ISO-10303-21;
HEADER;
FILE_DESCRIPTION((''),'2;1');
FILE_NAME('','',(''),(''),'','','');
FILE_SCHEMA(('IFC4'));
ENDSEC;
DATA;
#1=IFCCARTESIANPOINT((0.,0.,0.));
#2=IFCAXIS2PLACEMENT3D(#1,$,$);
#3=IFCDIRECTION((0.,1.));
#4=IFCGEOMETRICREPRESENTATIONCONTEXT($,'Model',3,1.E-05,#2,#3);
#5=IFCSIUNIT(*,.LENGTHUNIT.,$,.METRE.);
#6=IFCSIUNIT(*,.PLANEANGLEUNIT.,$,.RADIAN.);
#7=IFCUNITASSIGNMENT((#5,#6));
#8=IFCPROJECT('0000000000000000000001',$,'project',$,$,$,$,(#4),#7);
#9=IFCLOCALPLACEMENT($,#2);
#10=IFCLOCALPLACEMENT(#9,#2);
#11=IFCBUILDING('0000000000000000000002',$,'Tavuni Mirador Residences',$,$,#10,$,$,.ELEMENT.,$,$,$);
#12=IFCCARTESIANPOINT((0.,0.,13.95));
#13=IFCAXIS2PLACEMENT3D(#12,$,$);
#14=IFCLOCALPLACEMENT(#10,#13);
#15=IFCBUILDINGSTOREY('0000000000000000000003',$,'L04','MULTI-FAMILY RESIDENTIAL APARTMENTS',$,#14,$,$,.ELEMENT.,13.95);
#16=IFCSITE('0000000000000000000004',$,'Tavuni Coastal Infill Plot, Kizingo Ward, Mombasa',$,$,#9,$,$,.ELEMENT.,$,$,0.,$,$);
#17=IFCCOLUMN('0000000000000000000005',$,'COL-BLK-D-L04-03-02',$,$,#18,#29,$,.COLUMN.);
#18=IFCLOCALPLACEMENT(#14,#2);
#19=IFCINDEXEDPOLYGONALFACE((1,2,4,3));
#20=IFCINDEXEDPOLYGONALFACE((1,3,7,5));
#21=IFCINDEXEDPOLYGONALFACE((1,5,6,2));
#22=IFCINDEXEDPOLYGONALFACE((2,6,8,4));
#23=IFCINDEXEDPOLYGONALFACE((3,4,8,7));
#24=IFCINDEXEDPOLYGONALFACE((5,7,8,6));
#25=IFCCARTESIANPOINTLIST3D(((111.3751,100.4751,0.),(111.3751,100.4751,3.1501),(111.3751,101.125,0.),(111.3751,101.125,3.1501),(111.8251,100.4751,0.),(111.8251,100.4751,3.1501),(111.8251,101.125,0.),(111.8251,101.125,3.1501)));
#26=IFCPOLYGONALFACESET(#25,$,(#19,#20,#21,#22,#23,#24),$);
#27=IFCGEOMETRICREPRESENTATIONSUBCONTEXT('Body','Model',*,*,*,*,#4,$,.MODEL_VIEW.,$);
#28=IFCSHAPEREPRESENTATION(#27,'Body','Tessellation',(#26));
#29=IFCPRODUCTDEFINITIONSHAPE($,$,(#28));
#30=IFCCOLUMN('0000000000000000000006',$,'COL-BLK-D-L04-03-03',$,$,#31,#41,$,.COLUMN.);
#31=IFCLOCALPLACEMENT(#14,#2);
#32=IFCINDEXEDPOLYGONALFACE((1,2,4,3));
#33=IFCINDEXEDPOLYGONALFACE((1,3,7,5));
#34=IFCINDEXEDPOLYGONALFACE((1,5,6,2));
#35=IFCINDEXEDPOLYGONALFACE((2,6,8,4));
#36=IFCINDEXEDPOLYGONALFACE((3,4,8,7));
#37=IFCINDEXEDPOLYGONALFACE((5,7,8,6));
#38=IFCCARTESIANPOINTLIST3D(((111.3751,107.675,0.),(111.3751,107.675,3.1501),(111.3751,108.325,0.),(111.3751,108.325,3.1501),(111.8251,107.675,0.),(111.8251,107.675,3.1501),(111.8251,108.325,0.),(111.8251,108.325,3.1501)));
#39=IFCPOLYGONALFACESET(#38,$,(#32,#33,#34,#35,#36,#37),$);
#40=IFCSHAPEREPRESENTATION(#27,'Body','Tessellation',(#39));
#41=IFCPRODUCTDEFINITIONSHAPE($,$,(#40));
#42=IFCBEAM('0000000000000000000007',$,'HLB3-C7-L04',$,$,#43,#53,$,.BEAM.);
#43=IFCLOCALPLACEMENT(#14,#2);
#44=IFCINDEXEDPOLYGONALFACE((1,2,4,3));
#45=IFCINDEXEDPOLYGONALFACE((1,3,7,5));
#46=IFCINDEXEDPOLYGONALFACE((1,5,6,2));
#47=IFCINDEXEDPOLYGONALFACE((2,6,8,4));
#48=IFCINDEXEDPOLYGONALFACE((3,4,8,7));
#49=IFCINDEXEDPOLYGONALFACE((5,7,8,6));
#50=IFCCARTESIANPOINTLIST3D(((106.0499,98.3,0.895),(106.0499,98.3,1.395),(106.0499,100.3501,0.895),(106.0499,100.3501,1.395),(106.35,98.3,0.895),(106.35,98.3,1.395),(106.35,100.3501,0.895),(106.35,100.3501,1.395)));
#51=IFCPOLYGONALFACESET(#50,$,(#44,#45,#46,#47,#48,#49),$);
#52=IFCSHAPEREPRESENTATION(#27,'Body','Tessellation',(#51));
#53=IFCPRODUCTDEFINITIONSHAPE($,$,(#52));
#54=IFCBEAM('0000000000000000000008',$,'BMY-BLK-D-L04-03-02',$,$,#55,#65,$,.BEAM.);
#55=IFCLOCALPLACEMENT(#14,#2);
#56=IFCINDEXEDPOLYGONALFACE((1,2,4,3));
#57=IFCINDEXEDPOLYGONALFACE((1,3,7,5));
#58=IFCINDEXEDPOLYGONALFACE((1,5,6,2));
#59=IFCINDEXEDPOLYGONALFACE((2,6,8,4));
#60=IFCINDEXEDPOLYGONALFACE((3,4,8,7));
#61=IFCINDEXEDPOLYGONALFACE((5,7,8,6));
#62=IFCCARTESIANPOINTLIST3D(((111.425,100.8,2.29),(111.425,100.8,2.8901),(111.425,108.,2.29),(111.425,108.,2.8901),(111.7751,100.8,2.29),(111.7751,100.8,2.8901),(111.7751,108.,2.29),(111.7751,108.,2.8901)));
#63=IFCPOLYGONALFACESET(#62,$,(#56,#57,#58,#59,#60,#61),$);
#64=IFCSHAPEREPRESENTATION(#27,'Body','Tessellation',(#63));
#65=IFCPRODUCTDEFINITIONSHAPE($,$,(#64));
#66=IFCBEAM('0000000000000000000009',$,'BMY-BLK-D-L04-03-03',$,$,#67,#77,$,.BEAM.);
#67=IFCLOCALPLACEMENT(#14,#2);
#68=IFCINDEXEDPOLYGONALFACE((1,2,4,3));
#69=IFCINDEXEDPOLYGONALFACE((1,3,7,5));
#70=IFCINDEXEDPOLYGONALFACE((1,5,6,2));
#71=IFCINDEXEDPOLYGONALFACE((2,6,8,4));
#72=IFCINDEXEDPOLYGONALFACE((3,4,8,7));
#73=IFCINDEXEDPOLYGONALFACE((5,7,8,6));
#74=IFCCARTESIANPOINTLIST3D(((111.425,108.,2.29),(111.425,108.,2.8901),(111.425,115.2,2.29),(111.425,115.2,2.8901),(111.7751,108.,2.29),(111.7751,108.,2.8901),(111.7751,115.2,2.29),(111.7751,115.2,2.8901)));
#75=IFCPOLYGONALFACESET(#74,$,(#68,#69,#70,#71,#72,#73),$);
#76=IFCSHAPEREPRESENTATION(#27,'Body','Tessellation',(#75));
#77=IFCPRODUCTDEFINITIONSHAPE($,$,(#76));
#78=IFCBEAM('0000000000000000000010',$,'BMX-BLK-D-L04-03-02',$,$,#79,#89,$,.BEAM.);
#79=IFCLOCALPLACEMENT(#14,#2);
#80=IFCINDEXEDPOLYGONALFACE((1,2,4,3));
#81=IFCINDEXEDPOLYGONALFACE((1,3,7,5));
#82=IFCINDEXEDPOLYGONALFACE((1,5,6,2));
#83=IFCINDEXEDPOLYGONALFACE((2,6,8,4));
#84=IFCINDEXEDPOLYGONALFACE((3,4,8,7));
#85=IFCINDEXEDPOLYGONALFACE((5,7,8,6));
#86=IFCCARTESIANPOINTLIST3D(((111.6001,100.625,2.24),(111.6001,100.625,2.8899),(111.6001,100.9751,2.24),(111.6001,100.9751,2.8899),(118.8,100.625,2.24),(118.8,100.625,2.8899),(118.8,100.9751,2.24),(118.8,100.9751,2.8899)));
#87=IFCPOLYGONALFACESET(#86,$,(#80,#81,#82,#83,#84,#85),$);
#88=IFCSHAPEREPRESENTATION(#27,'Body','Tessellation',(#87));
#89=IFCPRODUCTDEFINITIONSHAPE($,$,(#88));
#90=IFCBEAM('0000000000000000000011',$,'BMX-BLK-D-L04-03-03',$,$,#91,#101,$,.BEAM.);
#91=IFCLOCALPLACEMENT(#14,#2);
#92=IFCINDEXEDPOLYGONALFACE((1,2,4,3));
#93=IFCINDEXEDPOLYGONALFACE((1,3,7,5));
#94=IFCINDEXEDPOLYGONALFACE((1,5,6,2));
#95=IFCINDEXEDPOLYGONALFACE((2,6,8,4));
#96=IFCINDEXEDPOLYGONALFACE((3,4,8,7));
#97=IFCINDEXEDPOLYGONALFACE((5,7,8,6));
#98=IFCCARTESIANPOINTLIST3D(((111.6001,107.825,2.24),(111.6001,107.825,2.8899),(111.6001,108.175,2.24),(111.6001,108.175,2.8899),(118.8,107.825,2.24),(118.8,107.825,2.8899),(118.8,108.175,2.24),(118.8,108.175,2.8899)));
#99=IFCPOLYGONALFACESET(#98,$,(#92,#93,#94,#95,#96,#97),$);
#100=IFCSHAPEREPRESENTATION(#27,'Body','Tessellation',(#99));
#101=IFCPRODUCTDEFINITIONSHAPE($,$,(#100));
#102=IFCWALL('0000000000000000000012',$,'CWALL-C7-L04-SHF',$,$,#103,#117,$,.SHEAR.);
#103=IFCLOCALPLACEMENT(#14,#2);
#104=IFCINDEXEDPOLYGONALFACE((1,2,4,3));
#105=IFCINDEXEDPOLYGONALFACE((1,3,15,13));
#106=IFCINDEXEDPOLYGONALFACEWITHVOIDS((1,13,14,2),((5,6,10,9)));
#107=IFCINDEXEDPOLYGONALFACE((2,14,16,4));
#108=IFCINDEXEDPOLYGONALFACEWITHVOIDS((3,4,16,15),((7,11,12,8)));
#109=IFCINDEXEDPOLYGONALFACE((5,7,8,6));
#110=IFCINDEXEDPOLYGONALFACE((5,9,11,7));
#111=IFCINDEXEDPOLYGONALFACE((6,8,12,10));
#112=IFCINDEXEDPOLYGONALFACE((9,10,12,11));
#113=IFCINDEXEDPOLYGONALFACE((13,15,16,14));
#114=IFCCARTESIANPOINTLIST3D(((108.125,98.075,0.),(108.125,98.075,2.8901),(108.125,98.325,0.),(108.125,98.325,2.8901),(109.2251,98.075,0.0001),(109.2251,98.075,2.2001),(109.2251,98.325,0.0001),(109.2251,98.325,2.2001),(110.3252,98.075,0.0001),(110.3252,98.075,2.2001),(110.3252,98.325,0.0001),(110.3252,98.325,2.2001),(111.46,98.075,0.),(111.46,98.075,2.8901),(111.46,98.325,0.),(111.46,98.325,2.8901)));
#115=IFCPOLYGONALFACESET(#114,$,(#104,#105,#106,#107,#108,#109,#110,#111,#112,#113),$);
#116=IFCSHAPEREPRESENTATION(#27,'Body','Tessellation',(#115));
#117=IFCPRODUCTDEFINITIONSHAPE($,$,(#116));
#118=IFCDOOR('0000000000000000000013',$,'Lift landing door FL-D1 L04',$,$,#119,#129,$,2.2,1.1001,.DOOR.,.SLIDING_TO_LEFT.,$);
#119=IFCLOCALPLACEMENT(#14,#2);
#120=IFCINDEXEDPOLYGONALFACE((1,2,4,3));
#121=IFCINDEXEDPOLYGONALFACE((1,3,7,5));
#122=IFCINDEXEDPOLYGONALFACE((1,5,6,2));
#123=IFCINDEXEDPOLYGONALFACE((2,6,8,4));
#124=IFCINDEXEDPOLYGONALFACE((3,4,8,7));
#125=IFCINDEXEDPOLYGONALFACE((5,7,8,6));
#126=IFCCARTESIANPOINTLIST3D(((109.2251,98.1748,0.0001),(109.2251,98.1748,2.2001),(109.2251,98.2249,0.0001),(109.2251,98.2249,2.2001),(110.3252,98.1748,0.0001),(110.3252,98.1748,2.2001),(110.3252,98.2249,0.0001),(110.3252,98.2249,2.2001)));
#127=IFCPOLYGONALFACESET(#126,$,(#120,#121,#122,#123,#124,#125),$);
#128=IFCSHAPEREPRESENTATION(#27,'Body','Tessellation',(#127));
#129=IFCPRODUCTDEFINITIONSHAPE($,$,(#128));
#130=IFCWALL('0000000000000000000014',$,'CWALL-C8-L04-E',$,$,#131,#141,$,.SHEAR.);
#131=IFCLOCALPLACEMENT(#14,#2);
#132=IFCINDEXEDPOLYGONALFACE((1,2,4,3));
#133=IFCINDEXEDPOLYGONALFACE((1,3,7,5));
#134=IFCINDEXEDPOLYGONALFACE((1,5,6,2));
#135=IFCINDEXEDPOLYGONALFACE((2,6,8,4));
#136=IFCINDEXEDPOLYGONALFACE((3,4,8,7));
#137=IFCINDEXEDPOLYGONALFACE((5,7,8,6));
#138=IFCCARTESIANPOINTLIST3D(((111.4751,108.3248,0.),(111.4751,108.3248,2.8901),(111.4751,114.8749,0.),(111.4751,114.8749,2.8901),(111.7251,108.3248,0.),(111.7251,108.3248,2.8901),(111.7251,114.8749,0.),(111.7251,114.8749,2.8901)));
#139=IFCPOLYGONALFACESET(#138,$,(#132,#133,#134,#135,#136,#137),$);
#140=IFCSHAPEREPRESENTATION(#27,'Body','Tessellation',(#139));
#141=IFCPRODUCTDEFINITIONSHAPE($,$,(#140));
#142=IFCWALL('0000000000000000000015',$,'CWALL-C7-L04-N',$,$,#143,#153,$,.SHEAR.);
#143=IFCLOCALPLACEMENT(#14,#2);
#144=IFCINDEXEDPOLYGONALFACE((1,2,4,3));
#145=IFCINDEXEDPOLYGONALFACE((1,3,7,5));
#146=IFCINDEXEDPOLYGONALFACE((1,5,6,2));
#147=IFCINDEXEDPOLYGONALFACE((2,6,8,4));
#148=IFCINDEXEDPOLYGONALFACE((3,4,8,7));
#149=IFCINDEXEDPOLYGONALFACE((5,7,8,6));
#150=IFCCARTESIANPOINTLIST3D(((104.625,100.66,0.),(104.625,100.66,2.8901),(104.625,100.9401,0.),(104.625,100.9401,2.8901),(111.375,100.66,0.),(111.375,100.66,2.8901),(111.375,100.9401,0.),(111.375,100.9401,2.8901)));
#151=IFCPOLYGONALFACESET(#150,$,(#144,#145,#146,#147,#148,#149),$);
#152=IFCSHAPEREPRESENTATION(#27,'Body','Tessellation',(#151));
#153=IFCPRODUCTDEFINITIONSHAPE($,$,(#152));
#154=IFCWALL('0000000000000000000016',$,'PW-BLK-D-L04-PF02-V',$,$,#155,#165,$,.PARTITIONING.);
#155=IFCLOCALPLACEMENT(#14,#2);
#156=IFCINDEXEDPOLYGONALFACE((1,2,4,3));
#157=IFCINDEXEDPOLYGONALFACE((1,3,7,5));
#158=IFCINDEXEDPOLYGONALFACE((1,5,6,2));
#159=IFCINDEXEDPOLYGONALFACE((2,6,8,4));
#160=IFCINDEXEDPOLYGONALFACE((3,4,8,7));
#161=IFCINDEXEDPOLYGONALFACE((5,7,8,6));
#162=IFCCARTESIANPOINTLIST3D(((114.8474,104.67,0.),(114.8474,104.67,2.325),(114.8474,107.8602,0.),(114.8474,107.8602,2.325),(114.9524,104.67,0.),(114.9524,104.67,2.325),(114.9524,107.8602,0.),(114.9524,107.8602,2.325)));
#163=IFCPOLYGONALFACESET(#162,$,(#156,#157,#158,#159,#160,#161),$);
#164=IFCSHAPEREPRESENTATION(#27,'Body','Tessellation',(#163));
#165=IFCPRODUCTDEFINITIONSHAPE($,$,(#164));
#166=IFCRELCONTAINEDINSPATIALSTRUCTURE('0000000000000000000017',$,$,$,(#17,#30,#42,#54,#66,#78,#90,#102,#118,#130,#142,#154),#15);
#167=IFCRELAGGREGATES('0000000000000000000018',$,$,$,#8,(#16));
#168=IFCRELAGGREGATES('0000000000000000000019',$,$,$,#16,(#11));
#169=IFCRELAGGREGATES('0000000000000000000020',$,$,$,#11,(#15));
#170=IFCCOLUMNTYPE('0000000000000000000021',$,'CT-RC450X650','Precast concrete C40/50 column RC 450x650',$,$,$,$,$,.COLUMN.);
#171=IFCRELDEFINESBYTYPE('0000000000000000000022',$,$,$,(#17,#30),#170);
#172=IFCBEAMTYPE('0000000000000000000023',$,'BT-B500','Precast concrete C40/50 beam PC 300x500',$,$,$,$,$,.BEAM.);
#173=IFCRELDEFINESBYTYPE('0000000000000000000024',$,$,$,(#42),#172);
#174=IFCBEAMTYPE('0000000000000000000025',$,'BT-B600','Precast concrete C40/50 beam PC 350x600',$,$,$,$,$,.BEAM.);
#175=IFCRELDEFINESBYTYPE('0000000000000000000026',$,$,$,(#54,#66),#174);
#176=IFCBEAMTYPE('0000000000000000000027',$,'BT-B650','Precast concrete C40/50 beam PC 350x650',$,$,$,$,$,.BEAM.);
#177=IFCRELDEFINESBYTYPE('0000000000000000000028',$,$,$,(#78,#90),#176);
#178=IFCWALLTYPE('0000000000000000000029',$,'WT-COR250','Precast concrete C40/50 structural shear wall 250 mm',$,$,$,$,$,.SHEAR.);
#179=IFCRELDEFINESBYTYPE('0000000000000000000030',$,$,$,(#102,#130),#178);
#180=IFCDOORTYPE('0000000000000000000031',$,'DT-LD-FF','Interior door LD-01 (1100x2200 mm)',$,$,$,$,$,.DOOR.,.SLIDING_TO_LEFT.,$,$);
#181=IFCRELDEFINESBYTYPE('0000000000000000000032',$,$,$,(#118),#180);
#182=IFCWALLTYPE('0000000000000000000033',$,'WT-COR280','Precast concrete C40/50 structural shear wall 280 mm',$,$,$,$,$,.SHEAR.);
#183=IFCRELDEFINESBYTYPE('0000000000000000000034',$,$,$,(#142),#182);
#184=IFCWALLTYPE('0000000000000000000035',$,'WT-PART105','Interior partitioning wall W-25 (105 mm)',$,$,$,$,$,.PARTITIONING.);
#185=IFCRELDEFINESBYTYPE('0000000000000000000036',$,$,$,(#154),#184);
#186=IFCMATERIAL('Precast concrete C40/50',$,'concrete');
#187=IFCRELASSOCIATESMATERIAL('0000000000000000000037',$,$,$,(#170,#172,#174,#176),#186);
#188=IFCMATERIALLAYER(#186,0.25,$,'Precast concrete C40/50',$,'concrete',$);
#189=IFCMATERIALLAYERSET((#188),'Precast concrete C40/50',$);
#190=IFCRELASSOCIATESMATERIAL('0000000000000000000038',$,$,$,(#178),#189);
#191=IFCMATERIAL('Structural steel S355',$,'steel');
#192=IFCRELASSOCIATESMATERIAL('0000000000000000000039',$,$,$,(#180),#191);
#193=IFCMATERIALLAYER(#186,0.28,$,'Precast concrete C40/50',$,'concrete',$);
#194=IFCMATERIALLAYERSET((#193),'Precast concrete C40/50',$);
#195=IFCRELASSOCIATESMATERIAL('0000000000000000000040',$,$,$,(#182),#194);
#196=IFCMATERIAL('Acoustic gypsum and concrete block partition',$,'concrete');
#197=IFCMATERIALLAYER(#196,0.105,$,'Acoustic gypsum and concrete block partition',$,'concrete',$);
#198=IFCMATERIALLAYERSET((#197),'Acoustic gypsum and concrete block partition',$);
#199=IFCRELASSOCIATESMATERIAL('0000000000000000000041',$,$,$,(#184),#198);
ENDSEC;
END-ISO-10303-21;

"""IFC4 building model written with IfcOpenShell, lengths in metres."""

from ifc_helpers import new_model, si_unit, direction, frame, frame_2d, origin, origin_2d, place, context, subcontext, project, spatial, rectangle, extrude, material, layer, layer_set, material_profile, profile_set, type_object, element, fill, save


model = new_model("IFC4")

# Units and contexts
model_context = context("Model", 3, precision=1e-05, world=origin(), true_north=direction((0.0, 1.0)))
body_context = subcontext(model_context, "Body", "Model", "MODEL_VIEW")
ifc_project = project(units=[si_unit("LENGTHUNIT", "METRE"), si_unit("PLANEANGLEUNIT", "RADIAN")], contexts=[model_context])

# Site, building, storey
site_placement = place(None, origin())
site = spatial("IfcSite", under=ifc_project, at=site_placement, Name="Tavuni Coastal Infill Plot, Kizingo Ward, Mombasa", CompositionType="ELEMENT", RefElevation=0.0)
building_placement = place(site_placement, origin())
building = spatial("IfcBuilding", under=site, at=building_placement, Name="Tavuni Mirador Residences", CompositionType="ELEMENT")
storey_placement = place(building_placement, frame((0.0, 0.0, 13.95)))
storey = spatial("IfcBuildingStorey", under=building, at=storey_placement, Name="L04", Description="MULTI-FAMILY RESIDENTIAL APARTMENTS", CompositionType="ELEMENT", Elevation=13.95)

# Columns
ifc_material_1 = material(Name="Precast concrete C40/50", Category="concrete")
ifc_material_profile_1 = material_profile(ifc_material_1, rectangle(XDim=0.45, YDim=0.6499, at=origin_2d()), Name="RC 450x650", Category="concrete")
ifc_profile_set_1 = profile_set([ifc_material_profile_1], Name="Precast concrete C40/50")
column_type = type_object("IfcColumnType", Name="CT-RC450X650", Description="Precast concrete C40/50 column RC 450x650", PredefinedType="COLUMN", material=ifc_profile_set_1)
for number, where, z_axis, x_axis, name in (
    (1, (111.6001, 100.8, 0.0), (0.0, 0.0, 1.0), (1.0, 0.0, 0.0), "COL-BLK-D-L04-03-02"),
    (2, (111.6001, 108.0, 0.0), (0.0, 0.0, 1.0), (1.0, 0.0, 0.0), "COL-BLK-D-L04-03-03"),
):
    element("IfcColumn", number, at=place(storey_placement, frame(where, z_axis=z_axis, x_axis=x_axis)), inside=storey, type_object=column_type, Name=name, PredefinedType="COLUMN", context=body_context, shape_type="SweptSolid", body=[
        extrude(rectangle(XDim=0.45, YDim=0.6499, at=origin_2d()), origin(), (0.0, 0.0, 1.0), 3.1501),
    ])

# Beams
ifc_material_profile_2 = material_profile(ifc_material_1, rectangle(XDim=0.3, YDim=0.5, at=origin_2d()), Name="PC 300x500", Category="concrete")
ifc_profile_set_2 = profile_set([ifc_material_profile_2], Name="Precast concrete C40/50")
beam_type_1 = type_object("IfcBeamType", Name="BT-B500", Description="Precast concrete C40/50 beam PC 300x500", PredefinedType="BEAM", material=ifc_profile_set_2)
beam_placement = place(storey_placement, frame((106.2, 98.3, 1.145), z_axis=(0.0, 1.0, 0.0), x_axis=(-1.0, 0.0, 0.0)))
element("IfcBeam", 3, at=beam_placement, inside=storey, type_object=beam_type_1, Name="HLB3-C7-L04", PredefinedType="BEAM", context=body_context, shape_type="SweptSolid", body=[
    extrude(rectangle(XDim=0.3, YDim=0.5, at=origin_2d()), origin(), (0.0, 0.0, 1.0), 2.05),
])
ifc_material_profile_3 = material_profile(ifc_material_1, rectangle(XDim=0.3501, YDim=0.6001, at=origin_2d()), Name="PC 350x600", Category="concrete")
ifc_profile_set_3 = profile_set([ifc_material_profile_3], Name="Precast concrete C40/50")
beam_type_2 = type_object("IfcBeamType", Name="BT-B600", Description="Precast concrete C40/50 beam PC 350x600", PredefinedType="BEAM", material=ifc_profile_set_3)
for number, where, z_axis, x_axis, name in (
    (4, (111.6001, 100.8, 2.5901), (0.0, 1.0, 0.0), (-1.0, 0.0, 0.0), "BMY-BLK-D-L04-03-02"),
    (5, (111.6001, 108.0, 2.5901), (0.0, 1.0, 0.0), (-1.0, 0.0, 0.0), "BMY-BLK-D-L04-03-03"),
):
    element("IfcBeam", number, at=place(storey_placement, frame(where, z_axis=z_axis, x_axis=x_axis)), inside=storey, type_object=beam_type_2, Name=name, PredefinedType="BEAM", context=body_context, shape_type="SweptSolid", body=[
        extrude(rectangle(XDim=0.3501, YDim=0.6001, at=origin_2d()), origin(), (0.0, 0.0, 1.0), 7.2),
    ])
ifc_material_profile_4 = material_profile(ifc_material_1, rectangle(XDim=0.3501, YDim=0.6499, at=origin_2d()), Name="PC 350x650", Category="concrete")
ifc_profile_set_4 = profile_set([ifc_material_profile_4], Name="Precast concrete C40/50")
beam_type_3 = type_object("IfcBeamType", Name="BT-B650", Description="Precast concrete C40/50 beam PC 350x650", PredefinedType="BEAM", material=ifc_profile_set_4)
for number, where, z_axis, x_axis, name in (
    (6, (111.6001, 100.8, 2.5649), (1.0, 0.0, 0.0), (0.0, 1.0, 0.0), "BMX-BLK-D-L04-03-02"),
    (7, (111.6001, 108.0, 2.5649), (1.0, 0.0, 0.0), (0.0, 1.0, 0.0), "BMX-BLK-D-L04-03-03"),
):
    element("IfcBeam", number, at=place(storey_placement, frame(where, z_axis=z_axis, x_axis=x_axis)), inside=storey, type_object=beam_type_3, Name=name, PredefinedType="BEAM", context=body_context, shape_type="SweptSolid", body=[
        extrude(rectangle(XDim=0.3501, YDim=0.6499, at=origin_2d()), origin(), (0.0, 0.0, 1.0), 7.2),
    ])

# Wall, opening, door
ifc_layer_1 = layer(ifc_material_1, 0.25, Name="Precast concrete C40/50", Category="concrete")
ifc_layer_set_1 = layer_set([ifc_layer_1], Name="Precast concrete C40/50")
wall_type_1 = type_object("IfcWallType", Name="WT-COR250", Description="Precast concrete C40/50 structural shear wall 250 mm", PredefinedType="SHEAR", material=ifc_layer_set_1)
wall_1_placement = place(storey_placement, frame((108.125, 98.2, 0.0), z_axis=(0.0, 0.0, 1.0), x_axis=(1.0, 0.0, 0.0)))
wall_1 = element("IfcWall", 8, at=wall_1_placement, inside=storey, type_object=wall_type_1, Name="CWALL-C7-L04-SHF", PredefinedType="SHEAR", context=body_context, shape_type="SweptSolid", body=[
    extrude(rectangle(XDim=3.335, YDim=0.25, at=frame_2d((1.6675, 0.0))), origin(), (0.0, 0.0, 1.0), 2.8901),
])
opening_1_placement = place(wall_1_placement, frame((1.1001, 0.0, 0.0)))
opening_1 = element("IfcOpeningElement", 9, at=opening_1_placement, cuts=wall_1, PredefinedType="OPENING", context=body_context, shape_type="SweptSolid", body=[
    extrude(rectangle(XDim=1.1001, YDim=2.2, at=frame_2d((0.55, 1.1001))), frame((0.0, 0.135, 0.0), z_axis=(0.0, -1.0, 0.0), x_axis=(1.0, 0.0, 0.0)), (0.0, 0.0, 1.0), 0.27),
])
ifc_material_2 = material(Name="Structural steel S355", Category="steel")
door_type_1 = type_object("IfcDoorType", Name="DT-LD-FF", Description="Interior door LD-01 (1100x2200 mm)", OperationType="SLIDING_TO_LEFT", PredefinedType="DOOR", material=ifc_material_2)
door_1_placement = place(opening_1_placement, origin())
door_1 = element("IfcDoor", 10, at=door_1_placement, inside=storey, type_object=door_type_1, Name="Lift landing door FL-D1 L04", OperationType="SLIDING_TO_LEFT", OverallHeight=2.2, OverallWidth=1.1001, PredefinedType="DOOR", context=body_context, shape_type="SweptSolid", body=[
    extrude(rectangle(XDim=1.1001, YDim=2.2, at=frame_2d((0.55, 1.1001))), frame((0.0, 0.0249, 0.0), z_axis=(0.0, -1.0, 0.0), x_axis=(1.0, 0.0, 0.0)), (0.0, 0.0, 1.0), 0.05),
])
fill(opening_1, door_1)

# Wall
wall_2_placement = place(storey_placement, frame((111.6001, 108.325, 0.0), z_axis=(0.0, 0.0, 1.0), x_axis=(0.0, 1.0, 0.0)))
element("IfcWall", 11, at=wall_2_placement, inside=storey, type_object=wall_type_1, Name="CWALL-C8-L04-E", PredefinedType="SHEAR", context=body_context, shape_type="SweptSolid", body=[
    extrude(rectangle(XDim=6.55, YDim=0.25, at=frame_2d((3.2749, 0.0))), origin(), (0.0, 0.0, 1.0), 2.8901),
])

# Wall
ifc_layer_2 = layer(ifc_material_1, 0.28, Name="Precast concrete C40/50", Category="concrete")
ifc_layer_set_2 = layer_set([ifc_layer_2], Name="Precast concrete C40/50")
wall_type_2 = type_object("IfcWallType", Name="WT-COR280", Description="Precast concrete C40/50 structural shear wall 280 mm", PredefinedType="SHEAR", material=ifc_layer_set_2)
wall_3_placement = place(storey_placement, frame((104.625, 100.8, 0.0), z_axis=(0.0, 0.0, 1.0), x_axis=(1.0, 0.0, 0.0)))
element("IfcWall", 12, at=wall_3_placement, inside=storey, type_object=wall_type_2, Name="CWALL-C7-L04-N", PredefinedType="SHEAR", context=body_context, shape_type="SweptSolid", body=[
    extrude(rectangle(XDim=6.75, YDim=0.28, at=frame_2d((3.375, 0.0))), origin(), (0.0, 0.0, 1.0), 2.8901),
])

# Wall
ifc_material_3 = material(Name="Acoustic gypsum and concrete block partition", Category="concrete")
ifc_layer_3 = layer(ifc_material_3, 0.105, Name="Acoustic gypsum and concrete block partition", Category="concrete")
ifc_layer_set_3 = layer_set([ifc_layer_3], Name="Acoustic gypsum and concrete block partition")
wall_type_3 = type_object("IfcWallType", Name="WT-PART105", Description="Interior partitioning wall W-25 (105 mm)", PredefinedType="PARTITIONING", material=ifc_layer_set_3)
wall_4_placement = place(storey_placement, frame((114.8999, 104.6699, 0.0), z_axis=(0.0, 0.0, 1.0), x_axis=(0.0, 1.0, 0.0)))
element("IfcWall", 13, at=wall_4_placement, inside=storey, type_object=wall_type_3, Name="PW-BLK-D-L04-PF02-V", PredefinedType="PARTITIONING", context=body_context, shape_type="SweptSolid", body=[
    extrude(rectangle(XDim=3.1902, YDim=0.105, at=frame_2d((1.5952, 0.0))), origin(), (0.0, 0.0, 1.0), 2.325),
])

save(model, "model.ifc")
